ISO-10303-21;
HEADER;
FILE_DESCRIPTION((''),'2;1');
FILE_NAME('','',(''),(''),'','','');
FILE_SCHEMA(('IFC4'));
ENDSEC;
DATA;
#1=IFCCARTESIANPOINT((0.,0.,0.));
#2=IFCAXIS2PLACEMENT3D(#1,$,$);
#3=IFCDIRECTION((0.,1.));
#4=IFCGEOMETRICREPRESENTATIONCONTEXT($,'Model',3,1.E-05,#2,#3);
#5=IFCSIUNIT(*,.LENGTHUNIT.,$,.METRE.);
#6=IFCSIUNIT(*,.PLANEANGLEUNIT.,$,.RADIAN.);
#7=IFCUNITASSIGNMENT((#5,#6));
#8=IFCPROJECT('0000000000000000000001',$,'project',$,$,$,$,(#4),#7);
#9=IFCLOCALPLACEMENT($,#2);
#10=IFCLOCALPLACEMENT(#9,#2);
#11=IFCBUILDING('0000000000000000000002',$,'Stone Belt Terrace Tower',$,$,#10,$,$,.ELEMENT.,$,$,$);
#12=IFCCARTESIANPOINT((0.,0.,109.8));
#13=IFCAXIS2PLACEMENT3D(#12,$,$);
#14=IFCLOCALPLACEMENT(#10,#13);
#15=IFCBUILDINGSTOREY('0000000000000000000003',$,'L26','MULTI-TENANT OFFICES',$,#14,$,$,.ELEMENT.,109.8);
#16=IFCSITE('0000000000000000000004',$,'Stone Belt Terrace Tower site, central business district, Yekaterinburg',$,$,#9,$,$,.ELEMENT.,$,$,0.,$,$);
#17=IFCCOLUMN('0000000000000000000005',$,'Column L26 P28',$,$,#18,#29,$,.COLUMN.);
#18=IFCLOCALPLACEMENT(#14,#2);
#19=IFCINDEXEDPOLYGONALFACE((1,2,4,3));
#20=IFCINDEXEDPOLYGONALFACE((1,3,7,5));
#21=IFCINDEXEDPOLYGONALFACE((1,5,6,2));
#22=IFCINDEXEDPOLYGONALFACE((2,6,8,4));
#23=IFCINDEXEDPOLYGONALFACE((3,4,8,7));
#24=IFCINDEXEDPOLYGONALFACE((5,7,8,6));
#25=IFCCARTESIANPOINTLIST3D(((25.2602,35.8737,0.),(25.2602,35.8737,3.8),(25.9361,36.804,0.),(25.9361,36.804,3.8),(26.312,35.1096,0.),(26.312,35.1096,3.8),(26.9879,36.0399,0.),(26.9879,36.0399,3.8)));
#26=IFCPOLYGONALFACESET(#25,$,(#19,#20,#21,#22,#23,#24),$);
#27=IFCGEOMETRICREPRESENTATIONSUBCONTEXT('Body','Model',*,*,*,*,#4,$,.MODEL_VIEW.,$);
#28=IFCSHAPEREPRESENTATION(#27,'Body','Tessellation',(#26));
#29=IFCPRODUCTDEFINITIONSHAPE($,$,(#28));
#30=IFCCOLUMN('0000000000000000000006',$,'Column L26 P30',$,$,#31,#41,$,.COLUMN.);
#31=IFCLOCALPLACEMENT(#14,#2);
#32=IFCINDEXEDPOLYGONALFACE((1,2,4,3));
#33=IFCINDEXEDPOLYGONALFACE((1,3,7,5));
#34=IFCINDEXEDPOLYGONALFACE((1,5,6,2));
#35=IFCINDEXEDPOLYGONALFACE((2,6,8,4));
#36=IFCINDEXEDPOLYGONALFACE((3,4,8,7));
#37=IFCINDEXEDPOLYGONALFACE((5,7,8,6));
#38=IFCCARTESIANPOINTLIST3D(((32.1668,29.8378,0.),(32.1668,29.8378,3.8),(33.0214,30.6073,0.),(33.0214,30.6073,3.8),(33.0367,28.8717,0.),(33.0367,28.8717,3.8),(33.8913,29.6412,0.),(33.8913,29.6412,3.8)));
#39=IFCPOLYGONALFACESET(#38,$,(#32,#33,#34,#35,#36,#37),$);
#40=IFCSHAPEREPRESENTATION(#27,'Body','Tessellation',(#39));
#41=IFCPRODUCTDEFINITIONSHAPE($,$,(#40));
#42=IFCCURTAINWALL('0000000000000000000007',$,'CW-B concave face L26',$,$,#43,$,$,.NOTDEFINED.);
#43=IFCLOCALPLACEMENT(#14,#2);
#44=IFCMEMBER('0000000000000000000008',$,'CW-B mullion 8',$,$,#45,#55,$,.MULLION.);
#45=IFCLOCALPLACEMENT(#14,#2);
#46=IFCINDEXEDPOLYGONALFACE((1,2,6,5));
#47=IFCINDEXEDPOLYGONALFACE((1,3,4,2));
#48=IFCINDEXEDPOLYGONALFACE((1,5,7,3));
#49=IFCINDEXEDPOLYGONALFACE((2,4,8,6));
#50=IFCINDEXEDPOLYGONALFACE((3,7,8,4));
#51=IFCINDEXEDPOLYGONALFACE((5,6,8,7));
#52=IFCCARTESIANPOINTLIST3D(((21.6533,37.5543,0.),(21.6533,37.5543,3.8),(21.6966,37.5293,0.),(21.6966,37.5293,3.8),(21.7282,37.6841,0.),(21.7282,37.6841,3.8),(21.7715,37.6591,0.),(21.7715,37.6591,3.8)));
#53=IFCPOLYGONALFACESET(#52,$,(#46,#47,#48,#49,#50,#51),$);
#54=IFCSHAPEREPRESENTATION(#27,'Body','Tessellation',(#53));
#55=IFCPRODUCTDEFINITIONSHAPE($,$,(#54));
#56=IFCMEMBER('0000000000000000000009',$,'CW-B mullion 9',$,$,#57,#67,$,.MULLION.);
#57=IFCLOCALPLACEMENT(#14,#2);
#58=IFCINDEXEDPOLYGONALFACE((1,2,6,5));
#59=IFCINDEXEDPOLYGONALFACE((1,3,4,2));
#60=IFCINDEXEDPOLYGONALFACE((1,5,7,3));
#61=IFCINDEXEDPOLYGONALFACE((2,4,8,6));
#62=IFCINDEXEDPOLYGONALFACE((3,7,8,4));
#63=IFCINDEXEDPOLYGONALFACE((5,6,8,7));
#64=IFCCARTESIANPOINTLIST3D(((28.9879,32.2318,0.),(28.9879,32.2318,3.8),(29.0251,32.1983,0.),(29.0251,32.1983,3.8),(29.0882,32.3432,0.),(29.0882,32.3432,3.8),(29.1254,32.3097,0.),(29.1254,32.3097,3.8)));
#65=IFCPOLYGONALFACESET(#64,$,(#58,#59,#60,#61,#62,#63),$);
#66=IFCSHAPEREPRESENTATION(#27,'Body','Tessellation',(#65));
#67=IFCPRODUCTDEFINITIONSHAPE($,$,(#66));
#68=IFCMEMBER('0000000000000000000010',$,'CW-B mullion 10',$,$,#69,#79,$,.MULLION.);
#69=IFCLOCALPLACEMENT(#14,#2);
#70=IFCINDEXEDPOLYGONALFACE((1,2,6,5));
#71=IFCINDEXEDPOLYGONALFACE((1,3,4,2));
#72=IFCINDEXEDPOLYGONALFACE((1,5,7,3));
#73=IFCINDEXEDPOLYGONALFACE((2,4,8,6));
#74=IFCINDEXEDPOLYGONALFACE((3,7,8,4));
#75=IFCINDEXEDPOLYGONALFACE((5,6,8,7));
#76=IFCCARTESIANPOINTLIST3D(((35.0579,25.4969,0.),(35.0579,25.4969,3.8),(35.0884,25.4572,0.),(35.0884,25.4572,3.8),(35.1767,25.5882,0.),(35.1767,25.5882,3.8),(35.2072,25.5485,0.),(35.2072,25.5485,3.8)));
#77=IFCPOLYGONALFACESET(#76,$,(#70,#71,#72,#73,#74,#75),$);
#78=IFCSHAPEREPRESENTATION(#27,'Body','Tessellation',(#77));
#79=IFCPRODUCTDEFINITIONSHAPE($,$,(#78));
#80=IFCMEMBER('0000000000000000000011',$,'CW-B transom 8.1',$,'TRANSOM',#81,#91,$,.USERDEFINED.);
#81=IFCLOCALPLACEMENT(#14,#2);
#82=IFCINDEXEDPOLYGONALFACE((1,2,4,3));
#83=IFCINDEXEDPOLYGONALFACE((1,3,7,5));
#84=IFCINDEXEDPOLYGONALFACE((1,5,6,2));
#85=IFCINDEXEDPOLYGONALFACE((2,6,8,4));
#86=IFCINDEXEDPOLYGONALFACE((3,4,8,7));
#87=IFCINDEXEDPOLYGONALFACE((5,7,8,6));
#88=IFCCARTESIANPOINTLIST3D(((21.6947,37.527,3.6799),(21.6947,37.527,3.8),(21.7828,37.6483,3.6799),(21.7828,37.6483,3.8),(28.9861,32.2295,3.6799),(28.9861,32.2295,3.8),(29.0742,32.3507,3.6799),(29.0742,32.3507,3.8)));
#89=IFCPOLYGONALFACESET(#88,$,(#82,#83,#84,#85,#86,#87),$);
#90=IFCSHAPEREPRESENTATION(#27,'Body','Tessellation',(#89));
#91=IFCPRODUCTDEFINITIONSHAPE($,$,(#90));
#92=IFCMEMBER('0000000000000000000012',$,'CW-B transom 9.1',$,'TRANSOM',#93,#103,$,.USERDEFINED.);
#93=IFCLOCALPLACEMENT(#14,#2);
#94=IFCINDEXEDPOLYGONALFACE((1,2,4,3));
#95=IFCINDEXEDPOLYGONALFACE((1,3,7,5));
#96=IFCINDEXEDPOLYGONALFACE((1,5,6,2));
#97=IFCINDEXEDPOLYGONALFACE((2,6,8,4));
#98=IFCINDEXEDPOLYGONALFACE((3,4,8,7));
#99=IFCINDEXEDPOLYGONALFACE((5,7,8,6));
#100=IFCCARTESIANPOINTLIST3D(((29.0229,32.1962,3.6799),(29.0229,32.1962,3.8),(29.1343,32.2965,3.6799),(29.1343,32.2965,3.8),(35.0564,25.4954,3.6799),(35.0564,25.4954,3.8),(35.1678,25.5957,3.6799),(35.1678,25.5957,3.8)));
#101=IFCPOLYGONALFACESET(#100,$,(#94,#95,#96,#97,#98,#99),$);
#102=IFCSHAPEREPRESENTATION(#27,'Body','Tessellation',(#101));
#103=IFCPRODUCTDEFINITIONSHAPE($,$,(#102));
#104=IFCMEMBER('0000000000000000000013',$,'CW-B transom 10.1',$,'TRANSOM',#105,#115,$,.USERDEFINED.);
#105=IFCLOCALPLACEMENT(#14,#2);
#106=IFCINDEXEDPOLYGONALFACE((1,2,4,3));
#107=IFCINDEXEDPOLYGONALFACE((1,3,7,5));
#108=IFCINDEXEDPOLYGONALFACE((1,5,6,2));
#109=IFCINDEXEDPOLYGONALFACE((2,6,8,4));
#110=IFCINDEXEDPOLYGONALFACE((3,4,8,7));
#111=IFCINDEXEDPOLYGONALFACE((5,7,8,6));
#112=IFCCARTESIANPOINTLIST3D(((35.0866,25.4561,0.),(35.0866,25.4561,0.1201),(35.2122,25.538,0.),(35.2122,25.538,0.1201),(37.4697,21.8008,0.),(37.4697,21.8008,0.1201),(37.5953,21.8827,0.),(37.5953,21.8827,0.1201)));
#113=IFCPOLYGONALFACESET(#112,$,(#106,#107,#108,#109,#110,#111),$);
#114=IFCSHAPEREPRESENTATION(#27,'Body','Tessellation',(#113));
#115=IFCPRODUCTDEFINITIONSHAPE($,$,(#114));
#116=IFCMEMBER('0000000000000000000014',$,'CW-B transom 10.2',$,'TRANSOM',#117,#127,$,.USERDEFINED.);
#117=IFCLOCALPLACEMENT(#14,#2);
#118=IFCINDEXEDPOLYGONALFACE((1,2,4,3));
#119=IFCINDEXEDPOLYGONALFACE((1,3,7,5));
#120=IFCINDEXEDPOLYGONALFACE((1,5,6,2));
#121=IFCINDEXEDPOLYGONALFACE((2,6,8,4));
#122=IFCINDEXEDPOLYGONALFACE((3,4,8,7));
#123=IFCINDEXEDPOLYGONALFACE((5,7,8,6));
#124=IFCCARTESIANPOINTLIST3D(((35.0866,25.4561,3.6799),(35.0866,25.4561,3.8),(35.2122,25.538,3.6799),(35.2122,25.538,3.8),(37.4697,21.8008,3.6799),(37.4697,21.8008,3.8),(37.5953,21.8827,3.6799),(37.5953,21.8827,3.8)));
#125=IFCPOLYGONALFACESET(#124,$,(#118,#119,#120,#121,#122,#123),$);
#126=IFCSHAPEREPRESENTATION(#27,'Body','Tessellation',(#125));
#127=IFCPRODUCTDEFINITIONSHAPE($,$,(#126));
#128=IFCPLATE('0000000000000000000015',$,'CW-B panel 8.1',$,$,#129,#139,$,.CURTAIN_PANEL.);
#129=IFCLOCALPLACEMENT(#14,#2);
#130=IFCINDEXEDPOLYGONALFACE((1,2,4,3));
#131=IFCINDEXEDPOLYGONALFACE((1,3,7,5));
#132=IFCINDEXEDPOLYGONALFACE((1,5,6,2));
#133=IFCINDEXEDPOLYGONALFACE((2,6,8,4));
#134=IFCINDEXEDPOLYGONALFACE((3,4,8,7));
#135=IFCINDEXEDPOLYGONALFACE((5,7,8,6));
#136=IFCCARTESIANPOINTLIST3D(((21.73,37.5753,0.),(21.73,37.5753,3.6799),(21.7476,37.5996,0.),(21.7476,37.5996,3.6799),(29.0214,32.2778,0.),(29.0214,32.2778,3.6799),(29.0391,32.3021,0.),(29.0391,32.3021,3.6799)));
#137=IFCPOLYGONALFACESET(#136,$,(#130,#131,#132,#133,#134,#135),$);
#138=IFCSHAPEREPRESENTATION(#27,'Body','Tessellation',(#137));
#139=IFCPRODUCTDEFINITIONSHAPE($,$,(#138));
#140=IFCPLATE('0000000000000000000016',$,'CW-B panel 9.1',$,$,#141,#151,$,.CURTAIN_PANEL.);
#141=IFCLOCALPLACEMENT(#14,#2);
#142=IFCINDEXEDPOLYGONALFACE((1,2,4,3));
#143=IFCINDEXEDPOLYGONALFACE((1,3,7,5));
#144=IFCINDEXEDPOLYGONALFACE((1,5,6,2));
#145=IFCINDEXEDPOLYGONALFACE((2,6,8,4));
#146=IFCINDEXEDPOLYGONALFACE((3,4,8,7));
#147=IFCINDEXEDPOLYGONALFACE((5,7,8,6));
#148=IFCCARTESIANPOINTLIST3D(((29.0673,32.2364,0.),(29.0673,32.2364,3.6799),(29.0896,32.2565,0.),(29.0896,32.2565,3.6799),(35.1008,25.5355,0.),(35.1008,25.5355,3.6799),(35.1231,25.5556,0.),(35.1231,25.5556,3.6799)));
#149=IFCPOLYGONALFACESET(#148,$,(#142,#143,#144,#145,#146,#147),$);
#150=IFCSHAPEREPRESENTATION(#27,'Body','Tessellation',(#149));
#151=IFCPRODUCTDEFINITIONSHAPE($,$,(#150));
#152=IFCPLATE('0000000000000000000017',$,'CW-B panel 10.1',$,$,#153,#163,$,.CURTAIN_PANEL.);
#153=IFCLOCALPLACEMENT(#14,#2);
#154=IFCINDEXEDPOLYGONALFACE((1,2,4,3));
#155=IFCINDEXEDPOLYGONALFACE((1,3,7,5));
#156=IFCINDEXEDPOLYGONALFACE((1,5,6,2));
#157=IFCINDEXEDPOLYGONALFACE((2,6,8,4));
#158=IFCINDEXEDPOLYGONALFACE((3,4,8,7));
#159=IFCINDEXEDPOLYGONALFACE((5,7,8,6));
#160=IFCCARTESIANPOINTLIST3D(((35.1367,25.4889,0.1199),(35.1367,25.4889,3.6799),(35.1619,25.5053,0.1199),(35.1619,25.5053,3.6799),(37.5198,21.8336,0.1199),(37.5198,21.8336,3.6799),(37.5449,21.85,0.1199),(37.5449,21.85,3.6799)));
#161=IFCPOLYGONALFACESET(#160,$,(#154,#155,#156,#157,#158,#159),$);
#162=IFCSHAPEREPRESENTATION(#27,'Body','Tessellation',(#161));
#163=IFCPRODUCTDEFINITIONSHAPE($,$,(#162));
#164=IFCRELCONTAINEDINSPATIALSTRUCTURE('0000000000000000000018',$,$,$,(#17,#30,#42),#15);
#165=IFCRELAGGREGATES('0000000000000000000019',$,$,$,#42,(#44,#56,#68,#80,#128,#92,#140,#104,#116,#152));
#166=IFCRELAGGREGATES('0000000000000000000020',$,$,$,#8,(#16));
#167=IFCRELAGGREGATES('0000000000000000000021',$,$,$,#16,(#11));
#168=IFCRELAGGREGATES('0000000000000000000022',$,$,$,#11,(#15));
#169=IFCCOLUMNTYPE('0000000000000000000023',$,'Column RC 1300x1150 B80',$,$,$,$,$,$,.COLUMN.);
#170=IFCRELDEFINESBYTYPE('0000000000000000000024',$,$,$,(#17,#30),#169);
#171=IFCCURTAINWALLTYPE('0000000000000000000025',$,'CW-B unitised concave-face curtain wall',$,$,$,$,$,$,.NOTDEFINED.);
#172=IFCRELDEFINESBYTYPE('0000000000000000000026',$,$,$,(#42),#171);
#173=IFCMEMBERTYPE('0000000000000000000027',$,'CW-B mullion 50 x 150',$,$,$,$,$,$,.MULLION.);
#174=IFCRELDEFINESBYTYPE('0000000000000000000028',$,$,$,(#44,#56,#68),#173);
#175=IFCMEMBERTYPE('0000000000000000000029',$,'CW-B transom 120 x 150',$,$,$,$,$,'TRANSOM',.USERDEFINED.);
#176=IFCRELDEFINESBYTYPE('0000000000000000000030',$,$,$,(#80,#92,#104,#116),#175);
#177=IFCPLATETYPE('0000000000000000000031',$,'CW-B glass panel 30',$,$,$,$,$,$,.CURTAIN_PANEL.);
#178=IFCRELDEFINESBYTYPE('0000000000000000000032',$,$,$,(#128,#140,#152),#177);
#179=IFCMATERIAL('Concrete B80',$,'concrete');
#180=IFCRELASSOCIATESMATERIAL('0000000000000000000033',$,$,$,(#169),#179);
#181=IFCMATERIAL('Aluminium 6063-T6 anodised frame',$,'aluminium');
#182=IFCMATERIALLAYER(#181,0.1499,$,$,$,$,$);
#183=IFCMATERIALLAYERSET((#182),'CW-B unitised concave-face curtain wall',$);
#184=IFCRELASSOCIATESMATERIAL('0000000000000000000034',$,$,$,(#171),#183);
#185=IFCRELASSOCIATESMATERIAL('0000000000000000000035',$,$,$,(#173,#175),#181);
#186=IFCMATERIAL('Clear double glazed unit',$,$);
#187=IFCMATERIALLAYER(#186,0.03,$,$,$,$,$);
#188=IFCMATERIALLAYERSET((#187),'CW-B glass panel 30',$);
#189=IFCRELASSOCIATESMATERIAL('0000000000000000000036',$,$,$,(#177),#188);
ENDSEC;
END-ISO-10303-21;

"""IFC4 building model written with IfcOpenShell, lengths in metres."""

from ifc_helpers import new_model, si_unit, direction, frame, origin, origin_2d, place, context, subcontext, project, spatial, rectangle, extrude, material, layer, layer_set, material_profile, profile_set, type_object, element, aggregate, save


model = new_model("IFC4")

# Units and contexts
model_context = context("Model", 3, precision=1e-05, world=origin(), true_north=direction((0.0, 1.0)))
body_context = subcontext(model_context, "Body", "Model", "MODEL_VIEW")
ifc_project = project(units=[si_unit("LENGTHUNIT", "METRE"), si_unit("PLANEANGLEUNIT", "RADIAN")], contexts=[model_context])

# Site, building, storey
site_placement = place(None, origin())
site = spatial("IfcSite", under=ifc_project, at=site_placement, Name="Stone Belt Terrace Tower site, central business district, Yekaterinburg", CompositionType="ELEMENT", RefElevation=0.0)
building_placement = place(site_placement, origin())
building = spatial("IfcBuilding", under=site, at=building_placement, Name="Stone Belt Terrace Tower", CompositionType="ELEMENT")
storey_placement = place(building_placement, frame((0.0, 0.0, 109.8)))
storey = spatial("IfcBuildingStorey", under=building, at=storey_placement, Name="L26", Description="MULTI-TENANT OFFICES", CompositionType="ELEMENT", Elevation=109.8)

# Columns
ifc_material_1 = material(Name="Concrete B80", Category="concrete")
ifc_material_profile_1 = material_profile(ifc_material_1, rectangle(XDim=1.3, YDim=1.1499, at=origin_2d()), Name="RC 1300x1150")
ifc_profile_set_1 = profile_set([ifc_material_profile_1], Name="Concrete B80")
column_type = type_object("IfcColumnType", Name="Column RC 1300x1150 B80", PredefinedType="COLUMN", material=ifc_profile_set_1)
for number, where, z_axis, x_axis, name in (
    (1, (26.124, 35.9568, 0.0), (0.0, 0.0, 1.0), (0.809017, -0.587785, 0.0), "Column L26 P28"),
    (2, (33.0291, 29.7395, 0.0), (0.0, 0.0, 1.0), (0.669131, -0.743145, 0.0), "Column L26 P30"),
):
    element("IfcColumn", number, at=place(storey_placement, frame(where, z_axis=z_axis, x_axis=x_axis)), inside=storey, type_object=column_type, Name=name, PredefinedType="COLUMN", context=body_context, shape_type="SweptSolid", body=[
        extrude(rectangle(XDim=1.3, YDim=1.1499, at=origin_2d()), origin(), (0.0, 0.0, 1.0), 3.8),
    ])

# Curtain wall, members, plates
ifc_material_2 = material(Name="Aluminium 6063-T6 anodised frame", Category="aluminium")
ifc_layer_1 = layer(ifc_material_2, 0.1499)
ifc_layer_set_1 = layer_set([ifc_layer_1], Name="CW-B unitised concave-face curtain wall")
curtain_wall_type = type_object("IfcCurtainWallType", Name="CW-B unitised concave-face curtain wall", PredefinedType="NOTDEFINED", material=ifc_layer_set_1)
curtain_wall_placement = place(storey_placement, origin())
curtain_wall = element("IfcCurtainWall", 3, at=curtain_wall_placement, inside=storey, type_object=curtain_wall_type, Name="CW-B concave face L26", PredefinedType="NOTDEFINED")
ifc_material_profile_2 = material_profile(ifc_material_2, rectangle(XDim=0.1499, YDim=0.05, at=origin_2d()), Name="Aluminium 6063-T6 50x150")
ifc_profile_set_2 = profile_set([ifc_material_profile_2], Name="Aluminium 6063-T6 anodised frame")
member_type_1 = type_object("IfcMemberType", Name="CW-B mullion 50 x 150", PredefinedType="MULLION", material=ifc_profile_set_2)
member_1_placement = place(storey_placement, frame((21.7124, 37.6067, 0.0), z_axis=(0.0, 0.0, 1.0), x_axis=(0.5, 0.866025, 0.0)))
member_1 = element("IfcMember", 4, at=member_1_placement, type_object=member_type_1, Name="CW-B mullion 8", PredefinedType="MULLION", context=body_context, shape_type="SweptSolid", body=[
    extrude(rectangle(XDim=0.1499, YDim=0.05, at=origin_2d()), origin(), (0.0, 0.0, 1.0), 3.8),
])
member_2_placement = place(storey_placement, frame((29.0566, 32.2708, 0.0), z_axis=(0.0, 0.0, 1.0), x_axis=(0.669131, 0.743145, 0.0)))
member_2 = element("IfcMember", 5, at=member_2_placement, type_object=member_type_1, Name="CW-B mullion 9", PredefinedType="MULLION", context=body_context, shape_type="SweptSolid", body=[
    extrude(rectangle(XDim=0.1499, YDim=0.05, at=origin_2d()), origin(), (0.0, 0.0, 1.0), 3.8),
])
member_3_placement = place(storey_placement, frame((35.1326, 25.5227, 0.0), z_axis=(0.0, 0.0, 1.0), x_axis=(0.792811, 0.609468, 0.0)))
member_3 = element("IfcMember", 6, at=member_3_placement, type_object=member_type_1, Name="CW-B mullion 10", PredefinedType="MULLION", context=body_context, shape_type="SweptSolid", body=[
    extrude(rectangle(XDim=0.1499, YDim=0.05, at=origin_2d()), origin(), (0.0, 0.0, 1.0), 3.8),
])
ifc_material_profile_3 = material_profile(ifc_material_2, rectangle(XDim=0.1499, YDim=0.1201, at=origin_2d()), Name="Aluminium 6063-T6 150x120")
ifc_profile_set_3 = profile_set([ifc_material_profile_3], Name="Aluminium 6063-T6 anodised frame")
member_type_2 = type_object("IfcMemberType", Name="CW-B transom 120 x 150", ElementType="TRANSOM", PredefinedType="USERDEFINED", material=ifc_profile_set_3)
member_4_placement = place(storey_placement, frame((21.7388, 37.5876, 3.74), z_axis=(0.809016, -0.587787, 0.0), x_axis=(0.587787, 0.809016, 0.0)))
member_4 = element("IfcMember", 7, at=member_4_placement, type_object=member_type_2, Name="CW-B transom 8.1", ObjectType="TRANSOM", PredefinedType="USERDEFINED", context=body_context, shape_type="SweptSolid", body=[
    extrude(rectangle(XDim=0.1499, YDim=0.1201, at=origin_2d()), origin(), (0.0, 0.0, 1.0), 9.0127),
])
member_5_placement = place(storey_placement, frame((29.0786, 32.2463, 3.74), z_axis=(0.669138, -0.743138, 0.0), x_axis=(0.743138, 0.669138, 0.0)))
member_5 = element("IfcMember", 8, at=member_5_placement, type_object=member_type_2, Name="CW-B transom 9.1", ObjectType="TRANSOM", PredefinedType="USERDEFINED", context=body_context, shape_type="SweptSolid", body=[
    extrude(rectangle(XDim=0.1499, YDim=0.1201, at=origin_2d()), origin(), (0.0, 0.0, 1.0), 9.0168),
])
member_6_placement = place(storey_placement, frame((35.1494, 25.4971, 0.0601), z_axis=(0.546136, -0.837696, 0.0), x_axis=(0.837696, 0.546136, 0.0)))
member_6 = element("IfcMember", 9, at=member_6_placement, type_object=member_type_2, Name="CW-B transom 10.1", ObjectType="TRANSOM", PredefinedType="USERDEFINED", context=body_context, shape_type="SweptSolid", body=[
    extrude(rectangle(XDim=0.1499, YDim=0.1201, at=origin_2d()), origin(), (0.0, 0.0, 1.0), 4.3635),
])
member_7_placement = place(storey_placement, frame((35.1494, 25.4971, 3.74), z_axis=(0.546136, -0.837696, 0.0), x_axis=(0.837696, 0.546136, 0.0)))
member_7 = element("IfcMember", 10, at=member_7_placement, type_object=member_type_2, Name="CW-B transom 10.2", ObjectType="TRANSOM", PredefinedType="USERDEFINED", context=body_context, shape_type="SweptSolid", body=[
    extrude(rectangle(XDim=0.1499, YDim=0.1201, at=origin_2d()), origin(), (0.0, 0.0, 1.0), 4.3635),
])
ifc_material_3 = material(Name="Clear double glazed unit")
ifc_layer_2 = layer(ifc_material_3, 0.03)
ifc_layer_set_2 = layer_set([ifc_layer_2], Name="CW-B glass panel 30")
plate_type = type_object("IfcPlateType", Name="CW-B glass panel 30", PredefinedType="CURTAIN_PANEL", material=ifc_layer_set_2)
plate_1_placement = place(storey_placement, frame((25.3845, 34.9387, 0.0), z_axis=(0.0, 0.0, 1.0), x_axis=(0.809017, -0.587785, 0.0)))
plate_1 = element("IfcPlate", 11, at=plate_1_placement, type_object=plate_type, Name="CW-B panel 8.1", PredefinedType="CURTAIN_PANEL", context=body_context, shape_type="SweptSolid", body=[
    extrude(rectangle(XDim=9.0127, YDim=0.03, at=origin_2d()), origin(), (0.0, 0.0, 1.0), 3.6799),
])
plate_2_placement = place(storey_placement, frame((32.0952, 28.896, 0.0), z_axis=(0.0, 0.0, 1.0), x_axis=(0.669131, -0.743145, 0.0)))
plate_2 = element("IfcPlate", 12, at=plate_2_placement, type_object=plate_type, Name="CW-B panel 9.1", PredefinedType="CURTAIN_PANEL", context=body_context, shape_type="SweptSolid", body=[
    extrude(rectangle(XDim=9.0168, YDim=0.03, at=origin_2d()), origin(), (0.0, 0.0, 1.0), 3.6799),
])
plate_3_placement = place(storey_placement, frame((36.3408, 23.6694, 0.1199), z_axis=(0.0, 0.0, 1.0), x_axis=(0.546132, -0.837699, 0.0)))
plate_3 = element("IfcPlate", 13, at=plate_3_placement, type_object=plate_type, Name="CW-B panel 10.1", PredefinedType="CURTAIN_PANEL", context=body_context, shape_type="SweptSolid", body=[
    extrude(rectangle(XDim=4.3635, YDim=0.03, at=origin_2d()), origin(), (0.0, 0.0, 1.0), 3.5601),
])
aggregate(curtain_wall, [member_1, member_2, member_3, member_4, plate_1, member_5, plate_2, member_6, member_7, plate_3])

save(model, "model.ifc")
